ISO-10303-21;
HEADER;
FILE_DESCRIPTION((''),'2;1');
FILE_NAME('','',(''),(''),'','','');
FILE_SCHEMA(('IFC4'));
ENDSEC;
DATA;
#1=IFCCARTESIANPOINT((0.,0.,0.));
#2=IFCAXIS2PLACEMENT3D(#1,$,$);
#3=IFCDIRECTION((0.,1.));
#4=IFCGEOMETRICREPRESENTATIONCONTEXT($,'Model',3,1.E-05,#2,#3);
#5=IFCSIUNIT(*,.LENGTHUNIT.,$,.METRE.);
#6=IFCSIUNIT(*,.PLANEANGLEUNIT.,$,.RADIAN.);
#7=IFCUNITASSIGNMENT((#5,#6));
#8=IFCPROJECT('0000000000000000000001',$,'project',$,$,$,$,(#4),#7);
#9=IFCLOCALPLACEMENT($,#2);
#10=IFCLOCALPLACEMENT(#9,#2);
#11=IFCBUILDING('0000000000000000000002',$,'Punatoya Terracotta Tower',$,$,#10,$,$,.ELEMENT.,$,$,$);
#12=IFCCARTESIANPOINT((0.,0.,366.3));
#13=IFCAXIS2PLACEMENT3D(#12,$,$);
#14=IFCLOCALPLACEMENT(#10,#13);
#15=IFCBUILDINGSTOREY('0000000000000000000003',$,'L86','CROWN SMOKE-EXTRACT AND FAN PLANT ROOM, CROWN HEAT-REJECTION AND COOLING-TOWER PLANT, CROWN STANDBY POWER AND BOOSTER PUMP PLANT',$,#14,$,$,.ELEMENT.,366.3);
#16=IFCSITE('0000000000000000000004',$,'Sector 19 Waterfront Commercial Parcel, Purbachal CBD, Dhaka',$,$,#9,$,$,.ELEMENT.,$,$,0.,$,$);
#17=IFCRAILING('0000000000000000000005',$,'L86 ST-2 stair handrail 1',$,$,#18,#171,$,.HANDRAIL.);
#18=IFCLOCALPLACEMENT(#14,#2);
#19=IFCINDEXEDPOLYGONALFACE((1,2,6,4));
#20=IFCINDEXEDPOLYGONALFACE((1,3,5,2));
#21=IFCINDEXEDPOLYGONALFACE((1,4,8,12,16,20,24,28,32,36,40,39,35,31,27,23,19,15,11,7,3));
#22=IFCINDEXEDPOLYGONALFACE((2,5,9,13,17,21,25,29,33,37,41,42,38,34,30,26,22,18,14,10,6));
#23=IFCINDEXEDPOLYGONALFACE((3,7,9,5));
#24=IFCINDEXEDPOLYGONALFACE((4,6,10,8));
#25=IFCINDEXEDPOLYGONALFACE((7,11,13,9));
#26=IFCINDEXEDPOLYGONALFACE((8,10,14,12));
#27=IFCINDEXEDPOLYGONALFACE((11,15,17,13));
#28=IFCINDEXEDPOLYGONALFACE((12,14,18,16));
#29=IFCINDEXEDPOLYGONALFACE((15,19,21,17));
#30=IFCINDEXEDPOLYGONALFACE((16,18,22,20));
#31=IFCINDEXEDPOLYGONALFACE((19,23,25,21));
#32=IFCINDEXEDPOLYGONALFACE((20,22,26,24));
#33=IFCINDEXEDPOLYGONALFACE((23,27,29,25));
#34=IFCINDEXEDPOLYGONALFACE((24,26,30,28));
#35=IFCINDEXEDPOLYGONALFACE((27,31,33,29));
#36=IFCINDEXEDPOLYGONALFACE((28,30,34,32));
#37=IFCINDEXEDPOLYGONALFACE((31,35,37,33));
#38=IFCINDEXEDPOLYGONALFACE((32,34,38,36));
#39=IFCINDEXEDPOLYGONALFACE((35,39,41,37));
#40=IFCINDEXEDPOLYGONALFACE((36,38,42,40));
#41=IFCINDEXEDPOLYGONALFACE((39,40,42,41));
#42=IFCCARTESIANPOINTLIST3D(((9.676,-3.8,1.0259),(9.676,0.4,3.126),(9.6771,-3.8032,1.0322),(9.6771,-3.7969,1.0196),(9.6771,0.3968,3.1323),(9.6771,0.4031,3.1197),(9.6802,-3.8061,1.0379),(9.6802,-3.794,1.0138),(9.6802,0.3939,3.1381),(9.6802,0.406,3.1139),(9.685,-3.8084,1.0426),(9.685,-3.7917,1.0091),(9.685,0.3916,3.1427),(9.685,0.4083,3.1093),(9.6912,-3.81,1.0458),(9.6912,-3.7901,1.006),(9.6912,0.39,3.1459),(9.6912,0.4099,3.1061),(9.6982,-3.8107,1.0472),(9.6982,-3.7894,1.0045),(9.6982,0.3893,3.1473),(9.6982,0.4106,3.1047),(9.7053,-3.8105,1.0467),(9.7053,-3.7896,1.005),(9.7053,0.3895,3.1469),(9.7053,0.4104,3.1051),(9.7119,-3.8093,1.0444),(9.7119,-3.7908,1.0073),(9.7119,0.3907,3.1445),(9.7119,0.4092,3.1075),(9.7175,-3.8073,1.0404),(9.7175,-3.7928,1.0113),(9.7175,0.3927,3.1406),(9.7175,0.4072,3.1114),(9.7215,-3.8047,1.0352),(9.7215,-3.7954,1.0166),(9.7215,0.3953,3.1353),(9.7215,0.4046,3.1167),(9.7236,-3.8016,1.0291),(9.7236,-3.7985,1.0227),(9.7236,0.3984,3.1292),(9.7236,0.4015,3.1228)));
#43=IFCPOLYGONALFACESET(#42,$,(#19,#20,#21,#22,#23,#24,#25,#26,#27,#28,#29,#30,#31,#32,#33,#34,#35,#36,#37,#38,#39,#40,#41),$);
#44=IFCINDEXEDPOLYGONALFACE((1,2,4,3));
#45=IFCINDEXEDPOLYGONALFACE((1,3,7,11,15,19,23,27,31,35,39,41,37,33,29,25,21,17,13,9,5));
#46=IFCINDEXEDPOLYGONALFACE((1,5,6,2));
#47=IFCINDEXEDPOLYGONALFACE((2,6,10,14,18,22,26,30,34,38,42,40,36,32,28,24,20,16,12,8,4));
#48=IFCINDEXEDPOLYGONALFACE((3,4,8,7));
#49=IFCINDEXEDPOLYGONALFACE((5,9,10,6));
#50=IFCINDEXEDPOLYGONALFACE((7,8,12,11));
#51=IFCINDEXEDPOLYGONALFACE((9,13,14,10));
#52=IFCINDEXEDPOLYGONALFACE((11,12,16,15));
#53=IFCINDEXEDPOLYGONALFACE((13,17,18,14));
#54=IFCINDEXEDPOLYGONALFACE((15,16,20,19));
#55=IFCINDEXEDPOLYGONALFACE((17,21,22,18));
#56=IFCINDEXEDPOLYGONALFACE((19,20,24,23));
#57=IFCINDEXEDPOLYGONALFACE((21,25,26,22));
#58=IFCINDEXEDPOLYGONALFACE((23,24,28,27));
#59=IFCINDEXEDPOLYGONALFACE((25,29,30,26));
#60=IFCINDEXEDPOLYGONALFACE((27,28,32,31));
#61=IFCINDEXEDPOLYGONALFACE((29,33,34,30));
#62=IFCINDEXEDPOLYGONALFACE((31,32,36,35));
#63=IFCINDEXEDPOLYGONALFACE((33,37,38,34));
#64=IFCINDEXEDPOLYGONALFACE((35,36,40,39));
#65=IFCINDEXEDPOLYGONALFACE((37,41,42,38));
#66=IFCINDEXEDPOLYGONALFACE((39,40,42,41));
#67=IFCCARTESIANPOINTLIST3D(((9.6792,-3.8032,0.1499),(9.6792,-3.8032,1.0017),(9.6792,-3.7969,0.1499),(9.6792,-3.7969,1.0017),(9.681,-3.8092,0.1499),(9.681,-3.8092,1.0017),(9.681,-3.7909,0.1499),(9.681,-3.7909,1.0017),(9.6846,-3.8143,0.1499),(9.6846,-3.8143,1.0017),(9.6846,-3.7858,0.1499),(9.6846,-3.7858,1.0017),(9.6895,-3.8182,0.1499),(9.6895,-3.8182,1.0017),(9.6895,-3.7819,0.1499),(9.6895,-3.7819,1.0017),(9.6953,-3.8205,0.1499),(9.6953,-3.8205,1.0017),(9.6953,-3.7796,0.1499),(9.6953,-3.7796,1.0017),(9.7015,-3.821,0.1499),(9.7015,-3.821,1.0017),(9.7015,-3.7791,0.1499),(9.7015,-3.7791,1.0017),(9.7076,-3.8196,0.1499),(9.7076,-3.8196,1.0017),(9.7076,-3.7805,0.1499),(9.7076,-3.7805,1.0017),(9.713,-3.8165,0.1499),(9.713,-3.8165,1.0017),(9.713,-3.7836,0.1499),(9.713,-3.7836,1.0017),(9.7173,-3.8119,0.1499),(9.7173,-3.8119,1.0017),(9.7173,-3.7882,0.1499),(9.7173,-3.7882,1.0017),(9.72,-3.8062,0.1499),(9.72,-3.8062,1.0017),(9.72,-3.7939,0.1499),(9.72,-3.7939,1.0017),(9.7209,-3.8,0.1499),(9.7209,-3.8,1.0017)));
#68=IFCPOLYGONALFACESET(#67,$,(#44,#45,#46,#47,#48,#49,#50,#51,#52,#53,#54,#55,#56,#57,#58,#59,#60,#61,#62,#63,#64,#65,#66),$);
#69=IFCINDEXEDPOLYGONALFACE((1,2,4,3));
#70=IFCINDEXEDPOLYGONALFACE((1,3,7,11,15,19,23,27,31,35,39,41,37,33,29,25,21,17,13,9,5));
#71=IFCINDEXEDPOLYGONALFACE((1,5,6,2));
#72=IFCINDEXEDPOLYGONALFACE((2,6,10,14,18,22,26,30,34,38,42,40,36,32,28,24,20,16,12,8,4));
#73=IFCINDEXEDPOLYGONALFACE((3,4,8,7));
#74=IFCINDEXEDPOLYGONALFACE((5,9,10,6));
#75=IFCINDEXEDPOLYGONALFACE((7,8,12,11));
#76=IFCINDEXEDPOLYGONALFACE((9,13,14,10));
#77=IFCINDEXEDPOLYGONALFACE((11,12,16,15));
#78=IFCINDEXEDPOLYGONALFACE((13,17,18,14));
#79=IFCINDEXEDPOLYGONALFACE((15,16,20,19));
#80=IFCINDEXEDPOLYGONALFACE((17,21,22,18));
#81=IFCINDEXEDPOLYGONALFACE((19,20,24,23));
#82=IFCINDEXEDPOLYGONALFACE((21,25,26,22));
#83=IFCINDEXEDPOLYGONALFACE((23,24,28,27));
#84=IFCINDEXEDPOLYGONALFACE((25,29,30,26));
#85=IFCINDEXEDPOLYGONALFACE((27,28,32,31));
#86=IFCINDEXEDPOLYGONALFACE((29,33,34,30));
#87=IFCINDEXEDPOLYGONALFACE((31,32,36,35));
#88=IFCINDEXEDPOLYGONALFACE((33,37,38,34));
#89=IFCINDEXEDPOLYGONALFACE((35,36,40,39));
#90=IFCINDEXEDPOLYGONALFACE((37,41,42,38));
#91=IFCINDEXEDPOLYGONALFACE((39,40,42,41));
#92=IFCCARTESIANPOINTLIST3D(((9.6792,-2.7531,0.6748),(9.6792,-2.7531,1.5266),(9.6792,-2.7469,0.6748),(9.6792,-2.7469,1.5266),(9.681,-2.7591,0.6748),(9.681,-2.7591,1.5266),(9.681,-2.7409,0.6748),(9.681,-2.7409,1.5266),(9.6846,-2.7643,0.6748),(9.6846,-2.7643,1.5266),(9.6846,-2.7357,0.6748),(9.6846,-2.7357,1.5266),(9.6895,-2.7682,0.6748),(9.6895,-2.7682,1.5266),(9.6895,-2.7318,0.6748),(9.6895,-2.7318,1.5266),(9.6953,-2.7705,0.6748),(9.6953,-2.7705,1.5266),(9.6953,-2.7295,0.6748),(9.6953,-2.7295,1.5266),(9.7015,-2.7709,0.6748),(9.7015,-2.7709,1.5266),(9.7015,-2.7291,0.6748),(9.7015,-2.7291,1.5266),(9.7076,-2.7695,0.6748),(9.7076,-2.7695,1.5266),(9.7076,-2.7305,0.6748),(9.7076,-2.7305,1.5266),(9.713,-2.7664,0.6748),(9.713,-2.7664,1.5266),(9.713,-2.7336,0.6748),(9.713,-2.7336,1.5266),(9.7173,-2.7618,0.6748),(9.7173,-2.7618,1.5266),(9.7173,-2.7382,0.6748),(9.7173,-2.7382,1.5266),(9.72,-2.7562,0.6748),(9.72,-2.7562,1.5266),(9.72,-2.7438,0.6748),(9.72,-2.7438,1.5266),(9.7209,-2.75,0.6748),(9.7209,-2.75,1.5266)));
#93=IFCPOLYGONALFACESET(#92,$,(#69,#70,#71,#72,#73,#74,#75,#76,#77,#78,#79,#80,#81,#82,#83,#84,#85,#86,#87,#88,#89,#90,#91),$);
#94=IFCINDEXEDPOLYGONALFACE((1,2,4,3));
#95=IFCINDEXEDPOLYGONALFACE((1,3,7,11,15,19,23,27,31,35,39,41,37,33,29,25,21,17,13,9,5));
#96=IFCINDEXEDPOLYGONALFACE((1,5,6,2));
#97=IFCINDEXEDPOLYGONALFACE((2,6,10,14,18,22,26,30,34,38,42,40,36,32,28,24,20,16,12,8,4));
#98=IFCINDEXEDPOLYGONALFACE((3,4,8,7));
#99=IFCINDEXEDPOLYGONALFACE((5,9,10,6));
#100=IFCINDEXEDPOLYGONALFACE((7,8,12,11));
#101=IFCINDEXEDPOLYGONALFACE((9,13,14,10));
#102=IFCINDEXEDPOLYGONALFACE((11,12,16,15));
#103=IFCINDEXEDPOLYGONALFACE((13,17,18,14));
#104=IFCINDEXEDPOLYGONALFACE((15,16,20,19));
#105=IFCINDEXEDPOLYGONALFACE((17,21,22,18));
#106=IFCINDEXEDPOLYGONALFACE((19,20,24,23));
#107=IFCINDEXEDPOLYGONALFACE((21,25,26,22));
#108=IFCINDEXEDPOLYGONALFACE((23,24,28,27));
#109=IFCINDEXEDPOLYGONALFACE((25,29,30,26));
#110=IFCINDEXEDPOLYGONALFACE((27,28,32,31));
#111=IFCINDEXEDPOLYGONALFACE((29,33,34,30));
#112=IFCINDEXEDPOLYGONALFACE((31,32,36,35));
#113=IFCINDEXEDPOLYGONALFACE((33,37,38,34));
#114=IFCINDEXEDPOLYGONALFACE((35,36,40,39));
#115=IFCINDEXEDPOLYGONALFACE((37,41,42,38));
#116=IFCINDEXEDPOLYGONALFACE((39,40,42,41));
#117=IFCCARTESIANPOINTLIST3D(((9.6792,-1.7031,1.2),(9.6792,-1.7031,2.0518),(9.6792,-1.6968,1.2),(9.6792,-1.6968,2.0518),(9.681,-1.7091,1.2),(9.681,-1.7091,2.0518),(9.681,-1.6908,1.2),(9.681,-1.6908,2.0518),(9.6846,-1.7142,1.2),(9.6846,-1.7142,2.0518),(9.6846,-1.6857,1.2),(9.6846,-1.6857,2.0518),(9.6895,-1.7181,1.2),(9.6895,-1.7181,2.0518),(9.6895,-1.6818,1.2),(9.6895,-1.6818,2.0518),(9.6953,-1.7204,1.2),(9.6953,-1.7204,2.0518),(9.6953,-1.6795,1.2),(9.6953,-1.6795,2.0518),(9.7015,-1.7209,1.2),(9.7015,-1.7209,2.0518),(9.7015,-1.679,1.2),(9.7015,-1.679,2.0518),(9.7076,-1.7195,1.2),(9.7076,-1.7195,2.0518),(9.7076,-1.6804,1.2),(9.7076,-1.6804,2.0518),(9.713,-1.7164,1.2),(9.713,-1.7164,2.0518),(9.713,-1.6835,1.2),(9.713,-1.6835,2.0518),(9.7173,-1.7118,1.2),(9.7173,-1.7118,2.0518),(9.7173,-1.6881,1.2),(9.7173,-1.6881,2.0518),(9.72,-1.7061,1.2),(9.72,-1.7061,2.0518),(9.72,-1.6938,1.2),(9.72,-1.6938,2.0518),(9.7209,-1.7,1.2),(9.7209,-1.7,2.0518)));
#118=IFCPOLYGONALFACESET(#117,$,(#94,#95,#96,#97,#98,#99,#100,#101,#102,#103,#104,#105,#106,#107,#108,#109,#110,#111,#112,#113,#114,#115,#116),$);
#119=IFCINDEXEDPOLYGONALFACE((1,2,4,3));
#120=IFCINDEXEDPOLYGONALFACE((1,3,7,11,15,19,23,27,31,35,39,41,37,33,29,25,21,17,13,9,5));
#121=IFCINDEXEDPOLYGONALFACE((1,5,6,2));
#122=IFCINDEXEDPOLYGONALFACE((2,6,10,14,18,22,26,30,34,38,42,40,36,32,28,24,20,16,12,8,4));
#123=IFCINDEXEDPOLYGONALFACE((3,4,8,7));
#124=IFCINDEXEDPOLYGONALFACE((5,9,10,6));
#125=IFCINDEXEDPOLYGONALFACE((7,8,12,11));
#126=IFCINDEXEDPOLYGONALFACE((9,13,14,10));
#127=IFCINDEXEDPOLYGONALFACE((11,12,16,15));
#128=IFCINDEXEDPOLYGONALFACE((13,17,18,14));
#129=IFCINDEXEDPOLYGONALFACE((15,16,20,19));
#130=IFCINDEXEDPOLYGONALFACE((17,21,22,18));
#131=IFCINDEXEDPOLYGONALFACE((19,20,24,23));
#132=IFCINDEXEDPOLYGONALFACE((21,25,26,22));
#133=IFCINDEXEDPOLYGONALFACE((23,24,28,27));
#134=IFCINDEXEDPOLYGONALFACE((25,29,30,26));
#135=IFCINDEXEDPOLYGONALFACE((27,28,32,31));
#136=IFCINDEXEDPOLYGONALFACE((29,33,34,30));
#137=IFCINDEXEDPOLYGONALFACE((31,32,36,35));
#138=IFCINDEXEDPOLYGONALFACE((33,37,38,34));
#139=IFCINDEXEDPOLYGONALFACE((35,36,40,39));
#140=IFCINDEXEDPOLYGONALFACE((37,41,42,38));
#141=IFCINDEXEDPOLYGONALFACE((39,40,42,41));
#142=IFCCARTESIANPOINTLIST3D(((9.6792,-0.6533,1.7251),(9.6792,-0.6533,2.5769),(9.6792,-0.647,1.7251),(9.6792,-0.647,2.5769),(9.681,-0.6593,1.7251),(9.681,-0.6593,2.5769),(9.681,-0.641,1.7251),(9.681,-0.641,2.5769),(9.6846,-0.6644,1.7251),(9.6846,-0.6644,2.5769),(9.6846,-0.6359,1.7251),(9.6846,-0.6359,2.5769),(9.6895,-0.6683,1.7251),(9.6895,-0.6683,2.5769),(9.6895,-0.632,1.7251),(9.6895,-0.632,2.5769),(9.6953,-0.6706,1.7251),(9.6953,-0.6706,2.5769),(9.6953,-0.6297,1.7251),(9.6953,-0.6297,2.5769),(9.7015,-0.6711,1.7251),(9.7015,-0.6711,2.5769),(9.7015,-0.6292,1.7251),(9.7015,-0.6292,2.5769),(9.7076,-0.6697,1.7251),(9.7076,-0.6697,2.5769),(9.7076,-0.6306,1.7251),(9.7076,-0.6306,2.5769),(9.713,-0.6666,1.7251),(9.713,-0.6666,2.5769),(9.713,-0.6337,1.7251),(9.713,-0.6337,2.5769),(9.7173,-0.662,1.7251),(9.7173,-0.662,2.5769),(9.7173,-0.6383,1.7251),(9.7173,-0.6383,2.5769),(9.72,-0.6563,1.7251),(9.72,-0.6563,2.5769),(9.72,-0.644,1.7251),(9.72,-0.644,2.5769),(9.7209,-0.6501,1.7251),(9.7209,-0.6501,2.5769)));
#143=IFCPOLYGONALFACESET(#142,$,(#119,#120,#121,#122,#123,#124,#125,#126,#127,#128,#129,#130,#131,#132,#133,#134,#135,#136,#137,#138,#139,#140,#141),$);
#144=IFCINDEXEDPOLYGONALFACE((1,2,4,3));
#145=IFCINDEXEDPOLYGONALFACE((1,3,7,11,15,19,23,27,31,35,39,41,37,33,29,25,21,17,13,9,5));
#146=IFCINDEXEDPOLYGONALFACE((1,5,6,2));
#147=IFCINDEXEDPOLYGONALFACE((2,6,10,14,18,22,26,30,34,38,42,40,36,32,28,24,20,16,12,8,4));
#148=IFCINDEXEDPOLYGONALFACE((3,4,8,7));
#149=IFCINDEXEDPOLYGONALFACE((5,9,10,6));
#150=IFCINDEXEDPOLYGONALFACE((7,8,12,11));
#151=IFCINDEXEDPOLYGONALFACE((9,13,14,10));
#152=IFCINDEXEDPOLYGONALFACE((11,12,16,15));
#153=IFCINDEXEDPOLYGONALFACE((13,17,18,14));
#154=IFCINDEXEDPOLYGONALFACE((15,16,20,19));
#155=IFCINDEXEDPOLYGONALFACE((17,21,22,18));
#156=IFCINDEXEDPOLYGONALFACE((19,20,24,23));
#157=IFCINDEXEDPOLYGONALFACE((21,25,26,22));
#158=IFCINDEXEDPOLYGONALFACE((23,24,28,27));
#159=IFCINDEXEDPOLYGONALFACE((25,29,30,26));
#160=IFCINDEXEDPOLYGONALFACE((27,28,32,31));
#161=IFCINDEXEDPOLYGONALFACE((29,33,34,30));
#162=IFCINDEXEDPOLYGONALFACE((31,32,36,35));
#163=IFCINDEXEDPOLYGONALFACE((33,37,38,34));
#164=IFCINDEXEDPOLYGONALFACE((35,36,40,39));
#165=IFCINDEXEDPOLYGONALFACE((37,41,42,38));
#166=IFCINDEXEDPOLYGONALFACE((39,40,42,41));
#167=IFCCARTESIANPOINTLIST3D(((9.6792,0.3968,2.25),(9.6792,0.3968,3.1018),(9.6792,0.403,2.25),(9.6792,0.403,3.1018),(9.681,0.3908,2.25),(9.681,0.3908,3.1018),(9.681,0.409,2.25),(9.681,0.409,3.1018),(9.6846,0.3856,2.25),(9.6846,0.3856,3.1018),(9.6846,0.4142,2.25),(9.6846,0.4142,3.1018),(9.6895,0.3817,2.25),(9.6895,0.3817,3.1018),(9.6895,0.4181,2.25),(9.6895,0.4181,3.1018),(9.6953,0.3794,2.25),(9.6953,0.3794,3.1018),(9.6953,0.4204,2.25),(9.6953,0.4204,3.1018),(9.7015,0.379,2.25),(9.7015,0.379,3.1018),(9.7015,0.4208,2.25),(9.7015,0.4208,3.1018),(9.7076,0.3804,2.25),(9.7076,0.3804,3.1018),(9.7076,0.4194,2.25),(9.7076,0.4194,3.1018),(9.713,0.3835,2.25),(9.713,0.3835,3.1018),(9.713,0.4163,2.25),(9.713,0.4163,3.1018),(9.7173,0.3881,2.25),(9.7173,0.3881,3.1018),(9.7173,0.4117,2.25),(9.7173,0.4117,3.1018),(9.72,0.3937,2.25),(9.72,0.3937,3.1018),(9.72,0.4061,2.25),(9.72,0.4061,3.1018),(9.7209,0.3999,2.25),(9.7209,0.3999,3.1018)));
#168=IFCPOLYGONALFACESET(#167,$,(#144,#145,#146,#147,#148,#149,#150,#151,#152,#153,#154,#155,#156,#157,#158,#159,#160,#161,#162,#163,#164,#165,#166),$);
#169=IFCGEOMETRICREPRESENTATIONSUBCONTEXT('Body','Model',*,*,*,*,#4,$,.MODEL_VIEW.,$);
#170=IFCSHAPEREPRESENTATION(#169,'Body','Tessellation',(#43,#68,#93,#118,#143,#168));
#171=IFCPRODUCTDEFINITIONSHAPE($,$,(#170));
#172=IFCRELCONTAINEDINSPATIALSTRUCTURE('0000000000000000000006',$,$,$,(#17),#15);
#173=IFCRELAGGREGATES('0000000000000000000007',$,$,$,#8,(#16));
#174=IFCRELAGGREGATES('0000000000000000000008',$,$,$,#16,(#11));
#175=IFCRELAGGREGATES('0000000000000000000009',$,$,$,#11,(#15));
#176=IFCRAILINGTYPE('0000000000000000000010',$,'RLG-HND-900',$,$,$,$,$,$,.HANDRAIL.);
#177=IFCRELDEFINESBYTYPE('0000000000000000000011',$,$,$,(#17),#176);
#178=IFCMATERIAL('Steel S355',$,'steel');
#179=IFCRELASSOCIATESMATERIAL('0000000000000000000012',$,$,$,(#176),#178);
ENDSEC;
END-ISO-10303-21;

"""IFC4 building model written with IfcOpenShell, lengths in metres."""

from ifc_helpers import new_model, si_unit, direction, frame, origin, origin_2d, place, context, subcontext, project, spatial, circle, extrude, material, type_object, element, save


model = new_model("IFC4")

# Units and contexts
model_context = context("Model", 3, precision=1e-05, world=origin(), true_north=direction((0.0, 1.0)))
body_context = subcontext(model_context, "Body", "Model", "MODEL_VIEW")
ifc_project = project(units=[si_unit("LENGTHUNIT", "METRE"), si_unit("PLANEANGLEUNIT", "RADIAN")], contexts=[model_context])

# Site, building, storey
site_placement = place(None, origin())
site = spatial("IfcSite", under=ifc_project, at=site_placement, Name="Sector 19 Waterfront Commercial Parcel, Purbachal CBD, Dhaka", CompositionType="ELEMENT", RefElevation=0.0)
building_placement = place(site_placement, origin())
building = spatial("IfcBuilding", under=site, at=building_placement, Name="Punatoya Terracotta Tower", CompositionType="ELEMENT")
storey_placement = place(building_placement, frame((0.0, 0.0, 366.3)))
storey = spatial("IfcBuildingStorey", under=building, at=storey_placement, Name="L86", Description="CROWN SMOKE-EXTRACT AND FAN PLANT ROOM, CROWN HEAT-REJECTION AND COOLING-TOWER PLANT, CROWN STANDBY POWER AND BOOSTER PUMP PLANT", CompositionType="ELEMENT", Elevation=366.3)

# Shared definitions
ifc_material_1 = material(Name="Steel S355", Category="steel")

# Railing
railing_type_1 = type_object("IfcRailingType", Name="RLG-HND-900", PredefinedType="HANDRAIL", material=ifc_material_1)
railing_1_placement = place(storey_placement, frame((9.7, -3.8, 0.1499)))
element("IfcRailing", 1, at=railing_1_placement, inside=storey, type_object=railing_type_1, Name="L86 ST-2 stair handrail 1", PredefinedType="HANDRAIL", context=body_context, shape_type="SweptSolid", body=[
    extrude(circle(Radius=0.0239, at=origin_2d()), frame((0.0, 0.0, 0.876), z_axis=(0.0, 0.894417, 0.447234), x_axis=(-1.0, 0.0, 0.0)), (0.0, 0.0, 1.0), 4.6958),
    extrude(circle(Radius=0.021, at=origin_2d()), origin(), (0.0, 0.0, 1.0), 0.8518),
    extrude(circle(Radius=0.021, at=origin_2d()), frame((0.0, 1.05, 0.5249)), (0.0, 0.0, 1.0), 0.8518),
    extrude(circle(Radius=0.021, at=origin_2d()), frame((0.0, 2.1001, 1.05)), (0.0, 0.0, 1.0), 0.8518),
    extrude(circle(Radius=0.021, at=origin_2d()), frame((0.0, 3.1499, 1.5752)), (0.0, 0.0, 1.0), 0.8518),
    extrude(circle(Radius=0.021, at=origin_2d()), frame((0.0, 4.2, 2.1001)), (0.0, 0.0, 1.0), 0.8518),
])

save(model, "model.ifc")
